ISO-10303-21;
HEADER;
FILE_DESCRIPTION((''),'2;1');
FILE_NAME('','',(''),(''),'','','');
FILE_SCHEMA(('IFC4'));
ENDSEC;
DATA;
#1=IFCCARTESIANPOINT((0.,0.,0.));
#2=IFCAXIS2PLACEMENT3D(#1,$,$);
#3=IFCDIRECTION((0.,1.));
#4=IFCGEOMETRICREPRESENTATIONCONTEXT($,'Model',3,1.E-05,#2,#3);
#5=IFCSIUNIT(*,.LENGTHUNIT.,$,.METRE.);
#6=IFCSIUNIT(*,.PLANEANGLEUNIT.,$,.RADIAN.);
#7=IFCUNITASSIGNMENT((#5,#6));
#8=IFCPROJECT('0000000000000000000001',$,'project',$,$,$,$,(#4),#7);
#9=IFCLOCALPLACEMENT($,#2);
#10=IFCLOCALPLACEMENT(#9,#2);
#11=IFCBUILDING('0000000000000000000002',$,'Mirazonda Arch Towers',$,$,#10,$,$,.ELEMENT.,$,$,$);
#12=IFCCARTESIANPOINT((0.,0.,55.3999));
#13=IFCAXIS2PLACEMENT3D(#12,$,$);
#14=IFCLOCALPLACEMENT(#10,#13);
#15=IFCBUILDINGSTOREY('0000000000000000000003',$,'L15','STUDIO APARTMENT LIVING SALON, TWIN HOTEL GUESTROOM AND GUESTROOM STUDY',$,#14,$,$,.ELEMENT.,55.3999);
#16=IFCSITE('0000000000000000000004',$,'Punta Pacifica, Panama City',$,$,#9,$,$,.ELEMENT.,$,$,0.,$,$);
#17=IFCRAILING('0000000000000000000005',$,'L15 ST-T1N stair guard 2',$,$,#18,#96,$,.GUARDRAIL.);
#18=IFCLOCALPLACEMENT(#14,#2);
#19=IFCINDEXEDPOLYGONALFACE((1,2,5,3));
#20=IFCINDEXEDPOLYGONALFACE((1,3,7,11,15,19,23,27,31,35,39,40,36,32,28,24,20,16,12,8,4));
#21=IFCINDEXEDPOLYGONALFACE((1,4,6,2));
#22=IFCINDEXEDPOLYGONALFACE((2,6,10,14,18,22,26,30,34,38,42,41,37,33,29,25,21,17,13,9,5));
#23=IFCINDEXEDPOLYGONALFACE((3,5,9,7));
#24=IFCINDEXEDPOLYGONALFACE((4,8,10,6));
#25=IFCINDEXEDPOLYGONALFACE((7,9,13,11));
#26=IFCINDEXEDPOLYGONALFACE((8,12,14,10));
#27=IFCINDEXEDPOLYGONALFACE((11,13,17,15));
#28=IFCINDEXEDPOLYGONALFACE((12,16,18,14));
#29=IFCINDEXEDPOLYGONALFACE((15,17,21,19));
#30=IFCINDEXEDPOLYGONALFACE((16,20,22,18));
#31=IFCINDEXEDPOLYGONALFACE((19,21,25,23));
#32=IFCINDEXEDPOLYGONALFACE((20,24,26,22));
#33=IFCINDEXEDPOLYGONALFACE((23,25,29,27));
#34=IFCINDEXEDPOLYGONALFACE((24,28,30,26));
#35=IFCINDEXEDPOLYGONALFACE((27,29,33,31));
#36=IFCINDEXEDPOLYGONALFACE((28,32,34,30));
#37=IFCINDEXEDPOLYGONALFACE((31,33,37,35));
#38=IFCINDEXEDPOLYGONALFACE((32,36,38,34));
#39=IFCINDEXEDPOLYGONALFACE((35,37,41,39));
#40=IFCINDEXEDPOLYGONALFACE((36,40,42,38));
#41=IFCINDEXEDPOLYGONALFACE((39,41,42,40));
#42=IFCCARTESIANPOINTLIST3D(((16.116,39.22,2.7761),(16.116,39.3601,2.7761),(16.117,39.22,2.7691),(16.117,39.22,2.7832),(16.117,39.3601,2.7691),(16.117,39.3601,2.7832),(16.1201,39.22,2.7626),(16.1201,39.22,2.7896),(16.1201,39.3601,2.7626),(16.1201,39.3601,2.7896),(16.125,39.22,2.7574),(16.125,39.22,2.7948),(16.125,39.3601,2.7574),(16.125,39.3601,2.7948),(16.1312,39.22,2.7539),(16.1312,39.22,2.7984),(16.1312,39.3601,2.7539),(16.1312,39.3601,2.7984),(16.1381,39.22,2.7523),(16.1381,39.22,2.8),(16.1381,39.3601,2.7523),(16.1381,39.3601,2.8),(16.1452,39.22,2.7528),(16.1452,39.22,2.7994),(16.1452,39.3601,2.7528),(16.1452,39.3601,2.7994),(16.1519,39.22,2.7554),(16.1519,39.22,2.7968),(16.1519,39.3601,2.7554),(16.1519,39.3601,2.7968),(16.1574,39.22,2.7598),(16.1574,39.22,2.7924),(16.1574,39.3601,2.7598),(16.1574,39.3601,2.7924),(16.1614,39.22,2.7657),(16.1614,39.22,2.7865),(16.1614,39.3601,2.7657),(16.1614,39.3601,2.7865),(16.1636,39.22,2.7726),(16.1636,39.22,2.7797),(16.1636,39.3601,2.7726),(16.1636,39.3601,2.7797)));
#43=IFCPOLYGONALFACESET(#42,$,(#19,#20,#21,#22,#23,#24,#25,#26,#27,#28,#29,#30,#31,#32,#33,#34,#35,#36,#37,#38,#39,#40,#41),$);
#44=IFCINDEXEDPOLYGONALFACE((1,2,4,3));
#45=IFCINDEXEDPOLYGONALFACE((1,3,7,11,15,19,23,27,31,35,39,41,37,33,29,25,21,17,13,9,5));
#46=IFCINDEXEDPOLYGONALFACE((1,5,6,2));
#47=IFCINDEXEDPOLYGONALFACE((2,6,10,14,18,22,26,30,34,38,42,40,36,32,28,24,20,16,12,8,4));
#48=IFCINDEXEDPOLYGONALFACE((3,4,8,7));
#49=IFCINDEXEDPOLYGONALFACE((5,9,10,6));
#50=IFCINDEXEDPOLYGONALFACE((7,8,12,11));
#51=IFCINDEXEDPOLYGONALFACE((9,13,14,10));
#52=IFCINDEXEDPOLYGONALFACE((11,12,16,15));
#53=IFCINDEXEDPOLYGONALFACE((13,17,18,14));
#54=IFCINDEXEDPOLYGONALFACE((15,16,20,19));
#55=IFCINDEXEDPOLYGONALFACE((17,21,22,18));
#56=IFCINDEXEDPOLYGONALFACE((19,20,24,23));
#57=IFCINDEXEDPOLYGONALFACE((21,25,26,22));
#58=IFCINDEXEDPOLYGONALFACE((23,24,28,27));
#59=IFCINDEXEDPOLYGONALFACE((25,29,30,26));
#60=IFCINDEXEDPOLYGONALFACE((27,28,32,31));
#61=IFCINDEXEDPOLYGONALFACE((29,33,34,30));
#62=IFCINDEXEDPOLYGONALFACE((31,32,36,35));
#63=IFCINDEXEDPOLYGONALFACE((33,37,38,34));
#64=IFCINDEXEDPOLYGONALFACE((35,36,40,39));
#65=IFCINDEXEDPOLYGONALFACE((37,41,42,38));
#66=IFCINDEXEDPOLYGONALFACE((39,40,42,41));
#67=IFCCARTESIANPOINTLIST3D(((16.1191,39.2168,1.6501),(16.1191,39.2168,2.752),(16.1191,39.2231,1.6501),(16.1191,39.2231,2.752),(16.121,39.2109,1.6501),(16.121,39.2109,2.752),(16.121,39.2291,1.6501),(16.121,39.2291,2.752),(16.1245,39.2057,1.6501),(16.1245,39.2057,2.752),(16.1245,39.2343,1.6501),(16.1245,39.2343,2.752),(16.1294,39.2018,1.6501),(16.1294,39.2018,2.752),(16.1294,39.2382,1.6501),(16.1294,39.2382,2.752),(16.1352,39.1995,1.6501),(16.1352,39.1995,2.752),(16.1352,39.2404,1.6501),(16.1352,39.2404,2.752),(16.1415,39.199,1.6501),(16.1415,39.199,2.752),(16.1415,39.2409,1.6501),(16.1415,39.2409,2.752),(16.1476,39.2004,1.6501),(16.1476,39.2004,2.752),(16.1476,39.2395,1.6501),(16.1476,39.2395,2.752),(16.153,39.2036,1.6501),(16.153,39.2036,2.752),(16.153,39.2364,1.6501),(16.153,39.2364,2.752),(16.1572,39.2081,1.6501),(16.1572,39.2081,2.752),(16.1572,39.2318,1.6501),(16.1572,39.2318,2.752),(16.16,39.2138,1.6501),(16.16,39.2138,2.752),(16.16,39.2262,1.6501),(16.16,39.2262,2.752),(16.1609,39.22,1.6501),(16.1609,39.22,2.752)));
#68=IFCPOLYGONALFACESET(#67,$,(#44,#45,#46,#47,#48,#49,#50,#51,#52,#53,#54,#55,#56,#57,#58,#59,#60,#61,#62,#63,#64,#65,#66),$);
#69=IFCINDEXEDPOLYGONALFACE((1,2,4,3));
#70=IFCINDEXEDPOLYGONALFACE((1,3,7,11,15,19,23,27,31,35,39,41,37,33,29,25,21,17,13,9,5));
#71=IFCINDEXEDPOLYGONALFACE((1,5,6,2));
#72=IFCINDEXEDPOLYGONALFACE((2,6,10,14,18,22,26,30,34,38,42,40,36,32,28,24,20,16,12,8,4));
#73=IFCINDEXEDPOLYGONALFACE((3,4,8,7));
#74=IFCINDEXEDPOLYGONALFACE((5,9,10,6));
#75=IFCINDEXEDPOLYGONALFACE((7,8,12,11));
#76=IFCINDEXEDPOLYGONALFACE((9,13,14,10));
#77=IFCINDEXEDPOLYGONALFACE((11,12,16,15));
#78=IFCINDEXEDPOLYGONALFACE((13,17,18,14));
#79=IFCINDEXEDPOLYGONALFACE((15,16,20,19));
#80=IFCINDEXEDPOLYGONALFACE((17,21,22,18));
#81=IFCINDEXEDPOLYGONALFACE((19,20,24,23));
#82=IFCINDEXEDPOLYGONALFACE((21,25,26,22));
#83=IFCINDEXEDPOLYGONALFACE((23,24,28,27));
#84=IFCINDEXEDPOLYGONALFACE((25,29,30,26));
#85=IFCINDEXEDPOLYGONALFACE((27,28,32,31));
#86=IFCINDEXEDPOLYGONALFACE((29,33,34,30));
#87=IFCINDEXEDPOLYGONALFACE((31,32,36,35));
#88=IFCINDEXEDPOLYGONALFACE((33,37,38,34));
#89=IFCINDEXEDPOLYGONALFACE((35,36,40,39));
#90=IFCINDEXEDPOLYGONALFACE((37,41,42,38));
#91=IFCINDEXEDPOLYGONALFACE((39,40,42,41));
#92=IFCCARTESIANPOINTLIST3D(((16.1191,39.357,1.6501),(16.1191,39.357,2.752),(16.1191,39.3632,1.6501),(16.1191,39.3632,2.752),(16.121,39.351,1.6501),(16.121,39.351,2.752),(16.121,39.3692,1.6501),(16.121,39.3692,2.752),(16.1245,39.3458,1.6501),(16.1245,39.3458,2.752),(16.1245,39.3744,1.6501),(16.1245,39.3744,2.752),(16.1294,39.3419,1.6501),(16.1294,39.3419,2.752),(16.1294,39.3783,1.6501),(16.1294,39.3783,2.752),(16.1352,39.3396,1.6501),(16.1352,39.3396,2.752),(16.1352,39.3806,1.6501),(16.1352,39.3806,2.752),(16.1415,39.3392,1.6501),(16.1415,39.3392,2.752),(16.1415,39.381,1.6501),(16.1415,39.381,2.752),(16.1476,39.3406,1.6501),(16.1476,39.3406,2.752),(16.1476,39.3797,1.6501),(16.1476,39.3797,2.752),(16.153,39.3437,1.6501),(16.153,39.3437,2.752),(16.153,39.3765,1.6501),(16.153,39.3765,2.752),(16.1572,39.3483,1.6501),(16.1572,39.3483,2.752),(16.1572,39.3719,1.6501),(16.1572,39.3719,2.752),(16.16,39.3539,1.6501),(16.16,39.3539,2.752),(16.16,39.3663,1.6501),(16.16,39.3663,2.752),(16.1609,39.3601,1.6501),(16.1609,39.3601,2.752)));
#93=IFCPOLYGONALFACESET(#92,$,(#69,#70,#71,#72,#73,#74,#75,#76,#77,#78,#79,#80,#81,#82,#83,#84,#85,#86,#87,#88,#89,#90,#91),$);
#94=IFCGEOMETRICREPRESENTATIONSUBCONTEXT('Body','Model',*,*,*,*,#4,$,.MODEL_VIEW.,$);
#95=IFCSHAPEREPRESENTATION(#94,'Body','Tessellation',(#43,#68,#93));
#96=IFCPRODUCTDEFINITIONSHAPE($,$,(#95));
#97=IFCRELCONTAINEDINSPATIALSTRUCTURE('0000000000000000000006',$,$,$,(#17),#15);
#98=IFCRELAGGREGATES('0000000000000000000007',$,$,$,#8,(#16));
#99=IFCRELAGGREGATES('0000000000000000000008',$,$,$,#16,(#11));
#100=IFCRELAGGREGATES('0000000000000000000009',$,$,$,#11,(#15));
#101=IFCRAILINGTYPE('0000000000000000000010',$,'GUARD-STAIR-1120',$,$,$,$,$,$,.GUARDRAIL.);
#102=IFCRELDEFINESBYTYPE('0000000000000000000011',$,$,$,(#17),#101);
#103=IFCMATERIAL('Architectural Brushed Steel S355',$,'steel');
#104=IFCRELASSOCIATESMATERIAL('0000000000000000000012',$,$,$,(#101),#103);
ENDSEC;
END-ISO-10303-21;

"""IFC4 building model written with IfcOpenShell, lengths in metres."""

from ifc_helpers import new_model, si_unit, direction, frame, origin, origin_2d, place, context, subcontext, project, spatial, circle, extrude, material, type_object, element, save


model = new_model("IFC4")

# Units and contexts
model_context = context("Model", 3, precision=1e-05, world=origin(), true_north=direction((0.0, 1.0)))
body_context = subcontext(model_context, "Body", "Model", "MODEL_VIEW")
ifc_project = project(units=[si_unit("LENGTHUNIT", "METRE"), si_unit("PLANEANGLEUNIT", "RADIAN")], contexts=[model_context])

# Site, building, storey
site_placement = place(None, origin())
site = spatial("IfcSite", under=ifc_project, at=site_placement, Name="Punta Pacifica, Panama City", CompositionType="ELEMENT", RefElevation=0.0)
building_placement = place(site_placement, origin())
building = spatial("IfcBuilding", under=site, at=building_placement, Name="Mirazonda Arch Towers", CompositionType="ELEMENT")
storey_placement = place(building_placement, frame((0.0, 0.0, 55.3999)))
storey = spatial("IfcBuildingStorey", under=building, at=storey_placement, Name="L15", Description="STUDIO APARTMENT LIVING SALON, TWIN HOTEL GUESTROOM AND GUESTROOM STUDY", CompositionType="ELEMENT", Elevation=55.3999)

# Shared definitions
ifc_material_1 = material(Name="Architectural Brushed Steel S355", Category="steel")

# Railing
railing_type_1 = type_object("IfcRailingType", Name="GUARD-STAIR-1120", PredefinedType="GUARDRAIL", material=ifc_material_1)
railing_1_placement = place(storey_placement, frame((16.1399, 39.22, 1.6501)))
element("IfcRailing", 1, at=railing_1_placement, inside=storey, type_object=railing_type_1, Name="L15 ST-T1N stair guard 2", PredefinedType="GUARDRAIL", context=body_context, shape_type="SweptSolid", body=[
    extrude(circle(Radius=0.0239, at=origin_2d()), frame((0.0, 0.0, 1.126), z_axis=(0.0, 1.0, 0.0), x_axis=(-1.0, 0.0, 0.0)), (0.0, 0.0, 1.0), 0.1401),
    extrude(circle(Radius=0.021, at=origin_2d()), origin(), (0.0, 0.0, 1.0), 1.1018),
    extrude(circle(Radius=0.021, at=origin_2d()), frame((0.0, 0.1401, 0.0)), (0.0, 0.0, 1.0), 1.1018),
])

save(model, "model.ifc")
